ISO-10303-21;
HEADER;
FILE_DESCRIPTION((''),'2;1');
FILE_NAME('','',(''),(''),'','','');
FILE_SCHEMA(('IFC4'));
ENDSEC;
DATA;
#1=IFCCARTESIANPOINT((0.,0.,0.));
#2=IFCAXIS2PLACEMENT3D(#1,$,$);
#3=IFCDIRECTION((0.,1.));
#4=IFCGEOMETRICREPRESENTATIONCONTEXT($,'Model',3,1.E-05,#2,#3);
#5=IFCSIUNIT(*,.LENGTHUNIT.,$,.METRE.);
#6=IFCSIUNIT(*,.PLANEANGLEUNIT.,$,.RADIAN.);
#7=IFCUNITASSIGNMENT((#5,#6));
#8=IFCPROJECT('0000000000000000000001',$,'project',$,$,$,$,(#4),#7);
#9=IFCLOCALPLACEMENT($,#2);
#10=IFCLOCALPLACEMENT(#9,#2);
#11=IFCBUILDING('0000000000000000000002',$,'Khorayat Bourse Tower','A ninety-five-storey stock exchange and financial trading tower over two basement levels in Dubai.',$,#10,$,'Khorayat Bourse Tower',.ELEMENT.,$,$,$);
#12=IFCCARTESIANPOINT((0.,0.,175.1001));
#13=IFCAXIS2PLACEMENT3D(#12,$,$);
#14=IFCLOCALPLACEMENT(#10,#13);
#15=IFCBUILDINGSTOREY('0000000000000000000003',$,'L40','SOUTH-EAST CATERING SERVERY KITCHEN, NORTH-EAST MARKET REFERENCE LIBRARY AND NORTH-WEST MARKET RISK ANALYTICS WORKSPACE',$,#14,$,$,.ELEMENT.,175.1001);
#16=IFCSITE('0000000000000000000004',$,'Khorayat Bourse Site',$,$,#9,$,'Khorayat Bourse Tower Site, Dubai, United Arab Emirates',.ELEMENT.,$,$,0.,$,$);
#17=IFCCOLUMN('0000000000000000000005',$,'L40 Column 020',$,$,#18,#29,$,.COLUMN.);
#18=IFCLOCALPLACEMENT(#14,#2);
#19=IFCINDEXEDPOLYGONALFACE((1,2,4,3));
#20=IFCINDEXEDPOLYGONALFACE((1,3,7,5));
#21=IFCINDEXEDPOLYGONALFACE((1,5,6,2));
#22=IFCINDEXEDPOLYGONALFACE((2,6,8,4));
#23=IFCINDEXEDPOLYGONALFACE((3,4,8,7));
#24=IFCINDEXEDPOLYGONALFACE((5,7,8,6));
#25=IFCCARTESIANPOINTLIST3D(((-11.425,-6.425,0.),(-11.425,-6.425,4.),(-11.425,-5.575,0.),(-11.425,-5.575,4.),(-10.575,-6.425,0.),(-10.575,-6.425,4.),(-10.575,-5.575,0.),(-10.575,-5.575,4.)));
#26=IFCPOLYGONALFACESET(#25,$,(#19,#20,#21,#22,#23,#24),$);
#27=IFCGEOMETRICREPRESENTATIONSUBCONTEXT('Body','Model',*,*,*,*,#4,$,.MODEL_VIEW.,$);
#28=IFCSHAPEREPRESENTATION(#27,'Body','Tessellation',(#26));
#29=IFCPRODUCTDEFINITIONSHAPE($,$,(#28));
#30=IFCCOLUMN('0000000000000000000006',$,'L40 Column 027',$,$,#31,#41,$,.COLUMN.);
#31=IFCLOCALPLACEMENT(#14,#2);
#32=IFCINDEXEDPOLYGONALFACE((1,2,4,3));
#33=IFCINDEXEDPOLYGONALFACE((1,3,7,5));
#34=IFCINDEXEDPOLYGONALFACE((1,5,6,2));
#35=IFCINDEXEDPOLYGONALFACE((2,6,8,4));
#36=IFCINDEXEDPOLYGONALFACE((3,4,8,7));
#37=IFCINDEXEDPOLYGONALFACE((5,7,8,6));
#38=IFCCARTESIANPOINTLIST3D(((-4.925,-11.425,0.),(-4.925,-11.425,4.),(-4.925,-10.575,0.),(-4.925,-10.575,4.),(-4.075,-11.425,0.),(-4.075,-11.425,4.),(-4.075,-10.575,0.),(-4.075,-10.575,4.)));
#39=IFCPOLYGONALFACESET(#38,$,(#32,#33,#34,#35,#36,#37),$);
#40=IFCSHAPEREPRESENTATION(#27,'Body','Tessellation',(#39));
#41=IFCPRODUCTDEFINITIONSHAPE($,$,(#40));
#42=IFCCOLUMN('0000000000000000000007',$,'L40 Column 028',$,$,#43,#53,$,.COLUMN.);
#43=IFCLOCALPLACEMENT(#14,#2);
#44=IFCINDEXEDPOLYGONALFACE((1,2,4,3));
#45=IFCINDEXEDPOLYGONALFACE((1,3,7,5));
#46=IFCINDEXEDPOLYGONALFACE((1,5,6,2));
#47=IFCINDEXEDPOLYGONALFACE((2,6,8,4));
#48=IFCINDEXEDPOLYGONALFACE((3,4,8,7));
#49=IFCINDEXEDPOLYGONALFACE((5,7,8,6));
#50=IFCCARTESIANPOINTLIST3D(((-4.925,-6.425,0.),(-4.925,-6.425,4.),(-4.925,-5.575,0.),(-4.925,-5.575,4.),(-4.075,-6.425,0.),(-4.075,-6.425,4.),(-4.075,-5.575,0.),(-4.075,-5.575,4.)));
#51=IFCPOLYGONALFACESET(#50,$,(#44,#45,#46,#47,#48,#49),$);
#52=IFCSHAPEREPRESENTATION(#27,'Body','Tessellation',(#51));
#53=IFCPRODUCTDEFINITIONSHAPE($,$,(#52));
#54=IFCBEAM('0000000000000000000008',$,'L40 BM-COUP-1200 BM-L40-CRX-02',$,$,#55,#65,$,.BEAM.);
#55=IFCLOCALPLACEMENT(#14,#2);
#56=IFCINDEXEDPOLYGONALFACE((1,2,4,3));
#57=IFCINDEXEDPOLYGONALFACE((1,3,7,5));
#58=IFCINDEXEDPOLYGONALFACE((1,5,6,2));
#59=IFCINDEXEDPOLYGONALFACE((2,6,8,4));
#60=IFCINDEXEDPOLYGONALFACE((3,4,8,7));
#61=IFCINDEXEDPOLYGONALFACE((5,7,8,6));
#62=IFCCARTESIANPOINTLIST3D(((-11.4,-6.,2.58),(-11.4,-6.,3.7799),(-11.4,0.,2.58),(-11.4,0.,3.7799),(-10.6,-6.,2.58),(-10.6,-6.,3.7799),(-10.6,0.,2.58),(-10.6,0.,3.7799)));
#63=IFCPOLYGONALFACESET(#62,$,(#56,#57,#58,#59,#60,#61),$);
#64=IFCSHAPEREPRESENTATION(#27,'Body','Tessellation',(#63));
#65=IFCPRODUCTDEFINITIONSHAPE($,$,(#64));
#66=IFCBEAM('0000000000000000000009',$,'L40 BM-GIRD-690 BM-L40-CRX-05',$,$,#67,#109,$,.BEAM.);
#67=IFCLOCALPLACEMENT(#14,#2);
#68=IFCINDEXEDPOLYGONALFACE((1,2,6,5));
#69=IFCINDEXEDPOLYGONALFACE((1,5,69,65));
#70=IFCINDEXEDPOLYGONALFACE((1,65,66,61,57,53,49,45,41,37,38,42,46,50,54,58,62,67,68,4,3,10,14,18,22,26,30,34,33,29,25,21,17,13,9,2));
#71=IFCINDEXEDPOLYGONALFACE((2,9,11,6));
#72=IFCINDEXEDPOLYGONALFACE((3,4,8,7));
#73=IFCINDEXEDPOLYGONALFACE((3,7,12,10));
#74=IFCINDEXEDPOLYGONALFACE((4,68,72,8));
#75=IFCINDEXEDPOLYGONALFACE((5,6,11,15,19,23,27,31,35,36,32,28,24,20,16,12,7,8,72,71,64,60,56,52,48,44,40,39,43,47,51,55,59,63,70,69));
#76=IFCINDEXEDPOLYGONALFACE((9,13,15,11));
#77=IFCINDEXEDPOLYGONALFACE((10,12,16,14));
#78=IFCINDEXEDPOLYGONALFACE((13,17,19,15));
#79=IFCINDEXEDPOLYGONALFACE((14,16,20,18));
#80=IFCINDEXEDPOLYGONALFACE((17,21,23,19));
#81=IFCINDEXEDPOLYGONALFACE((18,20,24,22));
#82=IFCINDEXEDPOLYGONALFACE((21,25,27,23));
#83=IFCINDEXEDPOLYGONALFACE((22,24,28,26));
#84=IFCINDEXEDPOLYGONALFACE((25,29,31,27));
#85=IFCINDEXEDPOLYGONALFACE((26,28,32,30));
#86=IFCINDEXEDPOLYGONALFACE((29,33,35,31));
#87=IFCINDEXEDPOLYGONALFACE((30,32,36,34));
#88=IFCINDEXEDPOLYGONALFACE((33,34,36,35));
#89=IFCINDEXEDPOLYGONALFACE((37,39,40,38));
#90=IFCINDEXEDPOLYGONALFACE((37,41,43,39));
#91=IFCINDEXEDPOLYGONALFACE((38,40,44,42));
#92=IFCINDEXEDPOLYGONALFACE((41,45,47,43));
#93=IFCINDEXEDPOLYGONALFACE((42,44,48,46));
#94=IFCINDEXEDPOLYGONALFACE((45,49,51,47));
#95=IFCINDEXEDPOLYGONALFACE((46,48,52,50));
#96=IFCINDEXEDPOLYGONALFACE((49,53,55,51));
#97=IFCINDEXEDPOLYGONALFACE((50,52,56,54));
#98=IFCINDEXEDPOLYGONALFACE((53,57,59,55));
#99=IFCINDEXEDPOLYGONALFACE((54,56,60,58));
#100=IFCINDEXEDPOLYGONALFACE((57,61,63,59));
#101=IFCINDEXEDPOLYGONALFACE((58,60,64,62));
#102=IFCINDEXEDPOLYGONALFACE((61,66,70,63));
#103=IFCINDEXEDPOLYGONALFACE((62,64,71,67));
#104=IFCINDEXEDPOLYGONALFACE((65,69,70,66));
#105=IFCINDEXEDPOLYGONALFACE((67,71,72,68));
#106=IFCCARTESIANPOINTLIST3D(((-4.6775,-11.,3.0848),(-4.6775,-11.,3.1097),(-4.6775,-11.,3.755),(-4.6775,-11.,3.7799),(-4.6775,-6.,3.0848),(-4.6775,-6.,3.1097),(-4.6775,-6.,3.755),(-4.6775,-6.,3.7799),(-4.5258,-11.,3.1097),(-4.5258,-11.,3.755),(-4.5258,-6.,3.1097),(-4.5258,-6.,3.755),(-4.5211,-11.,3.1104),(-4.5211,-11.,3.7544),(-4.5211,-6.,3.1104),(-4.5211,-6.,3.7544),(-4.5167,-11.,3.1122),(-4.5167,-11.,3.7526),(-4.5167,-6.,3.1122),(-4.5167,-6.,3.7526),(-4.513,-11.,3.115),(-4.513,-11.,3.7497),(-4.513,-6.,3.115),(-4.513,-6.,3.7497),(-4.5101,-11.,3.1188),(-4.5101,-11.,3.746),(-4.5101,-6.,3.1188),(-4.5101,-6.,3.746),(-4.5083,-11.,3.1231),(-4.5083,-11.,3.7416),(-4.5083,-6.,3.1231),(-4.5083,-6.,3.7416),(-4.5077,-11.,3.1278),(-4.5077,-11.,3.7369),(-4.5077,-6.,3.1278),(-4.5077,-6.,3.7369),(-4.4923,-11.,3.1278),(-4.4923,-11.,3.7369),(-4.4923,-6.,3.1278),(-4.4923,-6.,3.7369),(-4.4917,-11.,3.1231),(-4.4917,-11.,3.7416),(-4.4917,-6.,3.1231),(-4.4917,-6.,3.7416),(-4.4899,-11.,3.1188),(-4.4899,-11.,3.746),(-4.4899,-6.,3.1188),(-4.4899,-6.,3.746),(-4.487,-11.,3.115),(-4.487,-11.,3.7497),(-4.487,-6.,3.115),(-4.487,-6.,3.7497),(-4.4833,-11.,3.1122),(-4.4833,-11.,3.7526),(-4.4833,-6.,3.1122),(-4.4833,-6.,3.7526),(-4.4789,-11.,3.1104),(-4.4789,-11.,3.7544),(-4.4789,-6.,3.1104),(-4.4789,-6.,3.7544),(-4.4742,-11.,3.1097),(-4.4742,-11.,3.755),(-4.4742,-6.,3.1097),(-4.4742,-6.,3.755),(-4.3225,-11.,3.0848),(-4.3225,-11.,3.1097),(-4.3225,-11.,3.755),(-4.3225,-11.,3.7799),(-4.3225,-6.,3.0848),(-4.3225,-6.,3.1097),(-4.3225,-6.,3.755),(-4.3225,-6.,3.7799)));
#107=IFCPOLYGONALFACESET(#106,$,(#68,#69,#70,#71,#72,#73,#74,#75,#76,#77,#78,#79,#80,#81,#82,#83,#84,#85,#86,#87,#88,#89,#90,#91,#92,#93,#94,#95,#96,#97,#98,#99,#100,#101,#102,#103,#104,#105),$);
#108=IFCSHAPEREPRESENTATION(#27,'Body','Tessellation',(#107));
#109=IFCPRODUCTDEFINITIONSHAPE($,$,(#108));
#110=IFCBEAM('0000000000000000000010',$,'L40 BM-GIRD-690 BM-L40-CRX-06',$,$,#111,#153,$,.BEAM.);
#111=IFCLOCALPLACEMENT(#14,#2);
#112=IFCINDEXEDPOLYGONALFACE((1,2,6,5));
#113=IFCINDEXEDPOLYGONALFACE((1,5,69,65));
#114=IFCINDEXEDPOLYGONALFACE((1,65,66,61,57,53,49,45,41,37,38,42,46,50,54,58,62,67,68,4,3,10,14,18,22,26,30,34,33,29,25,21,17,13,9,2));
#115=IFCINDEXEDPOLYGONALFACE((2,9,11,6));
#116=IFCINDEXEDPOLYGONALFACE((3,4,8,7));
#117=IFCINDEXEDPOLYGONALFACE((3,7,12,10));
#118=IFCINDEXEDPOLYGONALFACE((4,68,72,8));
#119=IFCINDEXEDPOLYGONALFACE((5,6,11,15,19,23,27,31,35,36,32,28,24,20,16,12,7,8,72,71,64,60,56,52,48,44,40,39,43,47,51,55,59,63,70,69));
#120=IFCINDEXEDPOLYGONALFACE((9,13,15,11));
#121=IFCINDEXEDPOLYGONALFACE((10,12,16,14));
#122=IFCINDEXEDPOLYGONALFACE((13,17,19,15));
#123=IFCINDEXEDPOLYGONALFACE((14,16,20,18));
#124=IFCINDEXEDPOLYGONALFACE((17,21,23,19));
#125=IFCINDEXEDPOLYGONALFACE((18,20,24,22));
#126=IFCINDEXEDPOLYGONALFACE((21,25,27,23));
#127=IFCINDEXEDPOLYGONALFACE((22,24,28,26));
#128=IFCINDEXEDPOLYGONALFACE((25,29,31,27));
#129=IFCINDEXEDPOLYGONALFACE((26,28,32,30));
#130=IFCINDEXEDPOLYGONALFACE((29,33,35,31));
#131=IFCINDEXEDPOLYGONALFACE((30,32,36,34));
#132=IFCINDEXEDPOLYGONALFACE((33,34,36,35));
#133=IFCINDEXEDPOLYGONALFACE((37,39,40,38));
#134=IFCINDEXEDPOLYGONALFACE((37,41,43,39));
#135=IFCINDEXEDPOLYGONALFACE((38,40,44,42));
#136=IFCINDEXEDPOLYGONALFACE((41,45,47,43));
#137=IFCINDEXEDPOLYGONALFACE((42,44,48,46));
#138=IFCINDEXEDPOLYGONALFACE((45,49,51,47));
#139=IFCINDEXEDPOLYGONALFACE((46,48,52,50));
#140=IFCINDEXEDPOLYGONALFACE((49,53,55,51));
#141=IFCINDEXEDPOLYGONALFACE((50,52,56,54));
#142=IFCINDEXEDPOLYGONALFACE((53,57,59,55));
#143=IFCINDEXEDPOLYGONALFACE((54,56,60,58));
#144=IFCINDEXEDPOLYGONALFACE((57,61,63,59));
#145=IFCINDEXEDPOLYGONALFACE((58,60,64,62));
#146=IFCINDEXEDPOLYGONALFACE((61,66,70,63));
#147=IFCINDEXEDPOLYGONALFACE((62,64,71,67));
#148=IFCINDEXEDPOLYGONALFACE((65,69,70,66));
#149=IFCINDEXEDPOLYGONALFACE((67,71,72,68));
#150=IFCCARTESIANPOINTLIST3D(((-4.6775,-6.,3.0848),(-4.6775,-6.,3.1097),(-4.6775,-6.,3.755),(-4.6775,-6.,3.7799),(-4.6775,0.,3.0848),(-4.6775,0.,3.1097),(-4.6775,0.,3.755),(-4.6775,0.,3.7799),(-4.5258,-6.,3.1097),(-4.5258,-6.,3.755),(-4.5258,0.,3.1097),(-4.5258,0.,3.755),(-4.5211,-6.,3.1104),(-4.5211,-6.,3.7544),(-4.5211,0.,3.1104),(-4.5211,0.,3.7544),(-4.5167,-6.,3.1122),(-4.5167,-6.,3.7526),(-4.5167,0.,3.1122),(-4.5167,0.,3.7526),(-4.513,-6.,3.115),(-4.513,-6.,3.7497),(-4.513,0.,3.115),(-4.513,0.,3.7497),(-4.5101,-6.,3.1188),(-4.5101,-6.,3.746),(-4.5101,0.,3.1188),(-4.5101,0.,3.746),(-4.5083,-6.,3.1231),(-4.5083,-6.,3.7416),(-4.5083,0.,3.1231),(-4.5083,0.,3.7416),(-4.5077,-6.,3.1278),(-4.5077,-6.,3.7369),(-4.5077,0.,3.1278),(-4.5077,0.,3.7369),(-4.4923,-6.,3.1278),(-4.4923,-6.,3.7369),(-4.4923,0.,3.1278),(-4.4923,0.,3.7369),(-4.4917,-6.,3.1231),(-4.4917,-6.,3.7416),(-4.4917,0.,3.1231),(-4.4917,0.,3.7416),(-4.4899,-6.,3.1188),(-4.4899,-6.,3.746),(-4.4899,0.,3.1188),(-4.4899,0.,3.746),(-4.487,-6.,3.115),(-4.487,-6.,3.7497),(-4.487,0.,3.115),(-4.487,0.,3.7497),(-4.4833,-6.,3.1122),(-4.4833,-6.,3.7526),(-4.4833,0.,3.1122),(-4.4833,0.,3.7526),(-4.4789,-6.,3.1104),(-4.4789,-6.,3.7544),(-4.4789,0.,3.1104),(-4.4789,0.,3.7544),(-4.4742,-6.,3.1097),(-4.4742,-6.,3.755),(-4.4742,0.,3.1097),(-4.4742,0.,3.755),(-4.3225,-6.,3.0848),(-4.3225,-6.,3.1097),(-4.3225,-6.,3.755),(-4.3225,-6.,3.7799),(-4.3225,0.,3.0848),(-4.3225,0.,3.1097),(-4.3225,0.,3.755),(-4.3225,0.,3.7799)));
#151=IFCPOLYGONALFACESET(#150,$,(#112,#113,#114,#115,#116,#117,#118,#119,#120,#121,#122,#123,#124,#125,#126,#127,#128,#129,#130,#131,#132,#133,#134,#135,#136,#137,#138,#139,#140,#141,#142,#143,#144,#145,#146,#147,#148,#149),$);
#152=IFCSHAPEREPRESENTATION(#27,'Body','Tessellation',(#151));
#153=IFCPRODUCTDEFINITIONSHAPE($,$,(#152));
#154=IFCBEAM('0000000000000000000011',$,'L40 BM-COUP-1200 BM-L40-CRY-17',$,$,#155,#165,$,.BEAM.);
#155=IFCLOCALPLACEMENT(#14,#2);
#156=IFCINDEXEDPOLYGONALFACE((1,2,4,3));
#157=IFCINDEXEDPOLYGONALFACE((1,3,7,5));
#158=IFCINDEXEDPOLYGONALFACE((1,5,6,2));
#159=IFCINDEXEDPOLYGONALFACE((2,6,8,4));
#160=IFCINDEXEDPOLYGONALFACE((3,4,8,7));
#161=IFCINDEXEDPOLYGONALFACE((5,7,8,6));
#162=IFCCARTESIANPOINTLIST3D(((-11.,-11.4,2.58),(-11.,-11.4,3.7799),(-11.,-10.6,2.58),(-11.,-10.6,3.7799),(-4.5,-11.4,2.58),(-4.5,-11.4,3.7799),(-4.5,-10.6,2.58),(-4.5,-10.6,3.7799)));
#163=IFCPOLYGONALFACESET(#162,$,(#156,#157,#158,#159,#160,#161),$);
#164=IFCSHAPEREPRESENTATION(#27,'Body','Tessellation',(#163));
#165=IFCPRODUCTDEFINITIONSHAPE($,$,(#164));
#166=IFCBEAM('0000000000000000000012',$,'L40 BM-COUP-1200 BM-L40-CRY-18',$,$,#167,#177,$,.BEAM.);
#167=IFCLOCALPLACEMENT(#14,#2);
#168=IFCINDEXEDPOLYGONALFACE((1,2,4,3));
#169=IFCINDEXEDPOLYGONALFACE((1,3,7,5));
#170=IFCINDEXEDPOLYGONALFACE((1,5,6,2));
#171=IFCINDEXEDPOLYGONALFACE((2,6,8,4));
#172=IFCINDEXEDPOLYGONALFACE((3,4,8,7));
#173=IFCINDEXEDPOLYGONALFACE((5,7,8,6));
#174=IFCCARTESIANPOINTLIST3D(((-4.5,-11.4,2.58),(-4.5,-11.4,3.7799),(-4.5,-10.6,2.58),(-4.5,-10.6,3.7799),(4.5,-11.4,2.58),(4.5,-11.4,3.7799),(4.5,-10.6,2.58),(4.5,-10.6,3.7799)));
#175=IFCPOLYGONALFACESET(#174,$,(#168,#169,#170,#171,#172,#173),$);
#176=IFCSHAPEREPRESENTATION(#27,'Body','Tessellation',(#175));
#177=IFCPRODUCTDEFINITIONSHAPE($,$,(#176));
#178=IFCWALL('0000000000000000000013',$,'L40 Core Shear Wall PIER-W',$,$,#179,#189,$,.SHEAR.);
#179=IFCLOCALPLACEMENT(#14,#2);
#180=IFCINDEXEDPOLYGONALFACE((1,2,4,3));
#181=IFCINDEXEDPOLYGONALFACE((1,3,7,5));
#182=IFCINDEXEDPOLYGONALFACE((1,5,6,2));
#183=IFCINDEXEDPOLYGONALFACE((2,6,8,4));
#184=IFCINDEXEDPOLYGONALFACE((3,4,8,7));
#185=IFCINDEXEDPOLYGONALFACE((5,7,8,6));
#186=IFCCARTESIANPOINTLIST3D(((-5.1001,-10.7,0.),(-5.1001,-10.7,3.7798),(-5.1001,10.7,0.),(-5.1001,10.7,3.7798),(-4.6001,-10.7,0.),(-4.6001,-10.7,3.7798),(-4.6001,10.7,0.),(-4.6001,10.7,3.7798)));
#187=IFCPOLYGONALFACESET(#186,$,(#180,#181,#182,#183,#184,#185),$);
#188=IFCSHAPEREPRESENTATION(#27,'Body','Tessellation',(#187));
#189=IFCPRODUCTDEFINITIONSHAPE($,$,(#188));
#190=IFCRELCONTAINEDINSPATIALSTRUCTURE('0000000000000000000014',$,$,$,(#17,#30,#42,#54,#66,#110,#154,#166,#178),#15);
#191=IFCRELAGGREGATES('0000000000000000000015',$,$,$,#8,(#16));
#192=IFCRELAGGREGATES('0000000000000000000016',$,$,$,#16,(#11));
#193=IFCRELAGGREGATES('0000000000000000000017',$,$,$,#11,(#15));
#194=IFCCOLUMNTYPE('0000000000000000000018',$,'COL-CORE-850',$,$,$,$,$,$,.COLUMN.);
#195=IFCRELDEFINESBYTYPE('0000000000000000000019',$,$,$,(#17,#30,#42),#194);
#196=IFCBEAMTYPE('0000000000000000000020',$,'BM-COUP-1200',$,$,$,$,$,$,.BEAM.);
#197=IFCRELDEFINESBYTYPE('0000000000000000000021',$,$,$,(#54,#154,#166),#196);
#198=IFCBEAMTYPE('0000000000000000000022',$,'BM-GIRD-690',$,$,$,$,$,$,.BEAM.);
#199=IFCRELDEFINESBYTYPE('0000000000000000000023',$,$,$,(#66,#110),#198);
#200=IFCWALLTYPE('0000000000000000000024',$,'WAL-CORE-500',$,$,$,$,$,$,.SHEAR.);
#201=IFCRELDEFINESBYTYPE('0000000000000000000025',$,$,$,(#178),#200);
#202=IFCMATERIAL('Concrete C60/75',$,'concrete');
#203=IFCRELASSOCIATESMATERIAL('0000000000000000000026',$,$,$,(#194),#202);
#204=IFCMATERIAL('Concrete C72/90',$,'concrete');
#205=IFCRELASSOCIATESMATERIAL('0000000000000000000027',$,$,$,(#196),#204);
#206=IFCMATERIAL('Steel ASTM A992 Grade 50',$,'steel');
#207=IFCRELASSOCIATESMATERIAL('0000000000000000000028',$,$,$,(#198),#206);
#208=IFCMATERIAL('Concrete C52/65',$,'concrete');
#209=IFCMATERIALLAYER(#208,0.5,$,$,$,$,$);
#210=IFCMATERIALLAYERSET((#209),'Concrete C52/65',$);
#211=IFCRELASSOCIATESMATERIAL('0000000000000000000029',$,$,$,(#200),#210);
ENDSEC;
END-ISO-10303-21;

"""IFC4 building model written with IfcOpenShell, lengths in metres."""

from ifc_helpers import new_model, si_unit, direction, frame, frame_2d, origin, origin_2d, place, context, subcontext, project, spatial, rectangle, i_section, extrude, source, transform, mapped, material, layer, layer_set, material_profile, profile_set, type_object, element, save


model = new_model("IFC4")

# Units and contexts
model_context = context("Model", 3, precision=1e-05, world=origin(), true_north=direction((0.0, 1.0)))
body_context = subcontext(model_context, "Body", "Model", "MODEL_VIEW")
ifc_project = project(units=[si_unit("LENGTHUNIT", "METRE"), si_unit("PLANEANGLEUNIT", "RADIAN")], contexts=[model_context])

# Site, building, storey
site_placement = place(None, origin())
site = spatial("IfcSite", under=ifc_project, at=site_placement, Name="Khorayat Bourse Site", LongName="Khorayat Bourse Tower Site, Dubai, United Arab Emirates", CompositionType="ELEMENT", RefElevation=0.0)
building_placement = place(site_placement, origin())
building = spatial("IfcBuilding", under=site, at=building_placement, Name="Khorayat Bourse Tower", Description="A ninety-five-storey stock exchange and financial trading tower over two basement levels in Dubai.", LongName="Khorayat Bourse Tower", CompositionType="ELEMENT")
storey_placement = place(building_placement, frame((0.0, 0.0, 175.1001)))
storey = spatial("IfcBuildingStorey", under=building, at=storey_placement, Name="L40", Description="SOUTH-EAST CATERING SERVERY KITCHEN, NORTH-EAST MARKET REFERENCE LIBRARY AND NORTH-WEST MARKET RISK ANALYTICS WORKSPACE", CompositionType="ELEMENT", Elevation=175.1001)

# Columns
ifc_material_1 = material(Name="Concrete C60/75", Category="concrete")
ifc_material_profile_1 = material_profile(ifc_material_1, rectangle(XDim=0.8501, YDim=0.8501, at=origin_2d()), Name="RC 850x850")
ifc_profile_set_1 = profile_set([ifc_material_profile_1], Name="Concrete C60/75")
column_type = type_object("IfcColumnType", Name="COL-CORE-850", PredefinedType="COLUMN", material=ifc_profile_set_1)
shared_shape_1 = source(origin(), body_context, "Body", "SweptSolid", [
    extrude(rectangle(XDim=0.8501, YDim=0.8501, at=origin_2d()), origin(), (0.0, 0.0, 1.0), 4.0),
])
for number, where, z_axis, x_axis, name in (
    (1, (-11.0, -6.0, 0.0), (0.0, 0.0, 1.0), (1.0, 0.0, 0.0), "L40 Column 020"),
    (2, (-4.5, -11.0, 0.0), (0.0, 0.0, 1.0), (1.0, 0.0, 0.0), "L40 Column 027"),
    (3, (-4.5, -6.0, 0.0), (0.0, 0.0, 1.0), (1.0, 0.0, 0.0), "L40 Column 028"),
):
    element("IfcColumn", number, at=place(storey_placement, frame(where, z_axis=z_axis, x_axis=x_axis)), inside=storey, type_object=column_type, Name=name, PredefinedType="COLUMN", context=body_context, shape_type="MappedRepresentation", body=[
        mapped(shared_shape_1, transform((0.0, 0.0, 0.0), scale=1.0)),
    ])

# Beams
ifc_material_2 = material(Name="Concrete C72/90", Category="concrete")
ifc_material_profile_2 = material_profile(ifc_material_2, rectangle(XDim=0.8, YDim=1.2, at=origin_2d()), Name="RC 800x1200")
ifc_profile_set_2 = profile_set([ifc_material_profile_2], Name="Concrete C72/90")
beam_type_1 = type_object("IfcBeamType", Name="BM-COUP-1200", PredefinedType="BEAM", material=ifc_profile_set_2)
shared_shape_2 = source(origin(), body_context, "Body", "SweptSolid", [
    extrude(rectangle(XDim=0.8, YDim=1.2, at=origin_2d()), origin(), (0.0, 0.0, 1.0), 6.0),
])
beam_1_placement = place(storey_placement, frame((-11.0, -6.0, 3.1799), z_axis=(0.0, 1.0, 0.0), x_axis=(-1.0, 0.0, 0.0)))
element("IfcBeam", 4, at=beam_1_placement, inside=storey, type_object=beam_type_1, Name="L40 BM-COUP-1200 BM-L40-CRX-02", PredefinedType="BEAM", context=body_context, shape_type="MappedRepresentation", body=[
    mapped(shared_shape_2, transform((0.0, 0.0, 0.0), scale=1.0)),
])
ifc_material_3 = material(Name="Steel ASTM A992 Grade 50", Category="steel")
ifc_material_profile_3 = material_profile(ifc_material_3, i_section(OverallWidth=0.355, OverallDepth=0.6951, WebThickness=0.0154, FlangeThickness=0.0249, FilletRadius=0.0181, at=origin_2d()), Name="W690X217")
ifc_profile_set_3 = profile_set([ifc_material_profile_3], Name="Steel ASTM A992 Grade 50")
beam_type_2 = type_object("IfcBeamType", Name="BM-GIRD-690", PredefinedType="BEAM", material=ifc_profile_set_3)
shared_shape_3 = source(origin(), body_context, "Body", "SweptSolid", [
    extrude(i_section(OverallWidth=0.355, OverallDepth=0.6951, WebThickness=0.0154, FlangeThickness=0.0249, FilletRadius=0.0181, at=origin_2d()), origin(), (0.0, 0.0, 1.0), 5.0),
])
beam_2_placement = place(storey_placement, frame((-4.5, -11.0, 3.4324), z_axis=(0.0, 1.0, 0.0), x_axis=(-1.0, 0.0, 0.0)))
element("IfcBeam", 5, at=beam_2_placement, inside=storey, type_object=beam_type_2, Name="L40 BM-GIRD-690 BM-L40-CRX-05", PredefinedType="BEAM", context=body_context, shape_type="MappedRepresentation", body=[
    mapped(shared_shape_3, transform((0.0, 0.0, 0.0), scale=1.0)),
])
shared_shape_4 = source(origin(), body_context, "Body", "SweptSolid", [
    extrude(i_section(OverallWidth=0.355, OverallDepth=0.6951, WebThickness=0.0154, FlangeThickness=0.0249, FilletRadius=0.0181, at=origin_2d()), origin(), (0.0, 0.0, 1.0), 6.0),
])
beam_3_placement = place(storey_placement, frame((-4.5, -6.0, 3.4324), z_axis=(0.0, 1.0, 0.0), x_axis=(-1.0, 0.0, 0.0)))
element("IfcBeam", 6, at=beam_3_placement, inside=storey, type_object=beam_type_2, Name="L40 BM-GIRD-690 BM-L40-CRX-06", PredefinedType="BEAM", context=body_context, shape_type="MappedRepresentation", body=[
    mapped(shared_shape_4, transform((0.0, 0.0, 0.0), scale=1.0)),
])
shared_shape_5 = source(origin(), body_context, "Body", "SweptSolid", [
    extrude(rectangle(XDim=0.8, YDim=1.2, at=origin_2d()), origin(), (0.0, 0.0, 1.0), 6.5),
])
beam_4_placement = place(storey_placement, frame((-11.0, -11.0, 3.1799), z_axis=(1.0, 0.0, 0.0), x_axis=(0.0, 1.0, 0.0)))
element("IfcBeam", 7, at=beam_4_placement, inside=storey, type_object=beam_type_1, Name="L40 BM-COUP-1200 BM-L40-CRY-17", PredefinedType="BEAM", context=body_context, shape_type="MappedRepresentation", body=[
    mapped(shared_shape_5, transform((0.0, 0.0, 0.0), scale=1.0)),
])
shared_shape_6 = source(origin(), body_context, "Body", "SweptSolid", [
    extrude(rectangle(XDim=0.8, YDim=1.2, at=origin_2d()), origin(), (0.0, 0.0, 1.0), 9.0),
])
beam_5_placement = place(storey_placement, frame((-4.5, -11.0, 3.1799), z_axis=(1.0, 0.0, 0.0), x_axis=(0.0, 1.0, 0.0)))
element("IfcBeam", 8, at=beam_5_placement, inside=storey, type_object=beam_type_1, Name="L40 BM-COUP-1200 BM-L40-CRY-18", PredefinedType="BEAM", context=body_context, shape_type="MappedRepresentation", body=[
    mapped(shared_shape_6, transform((0.0, 0.0, 0.0), scale=1.0)),
])

# Wall
ifc_material_4 = material(Name="Concrete C52/65", Category="concrete")
ifc_layer_1 = layer(ifc_material_4, 0.5)
ifc_layer_set_1 = layer_set([ifc_layer_1], Name="Concrete C52/65")
wall_type_1 = type_object("IfcWallType", Name="WAL-CORE-500", PredefinedType="SHEAR", material=ifc_layer_set_1)
shared_shape_7 = source(origin(), body_context, "Body", "SweptSolid", [
    extrude(rectangle(XDim=21.3999, YDim=0.5, at=frame_2d((10.7, 0.0))), origin(), (0.0, 0.0, 1.0), 3.7798),
])
wall_1_placement = place(storey_placement, frame((-4.8501, -10.7, 0.0), z_axis=(0.0, 0.0, 1.0), x_axis=(0.0, 1.0, 0.0)))
element("IfcWall", 9, at=wall_1_placement, inside=storey, type_object=wall_type_1, Name="L40 Core Shear Wall PIER-W", PredefinedType="SHEAR", context=body_context, shape_type="MappedRepresentation", body=[
    mapped(shared_shape_7, transform((0.0, 0.0, 0.0), scale=1.0)),
])

save(model, "model.ifc")
